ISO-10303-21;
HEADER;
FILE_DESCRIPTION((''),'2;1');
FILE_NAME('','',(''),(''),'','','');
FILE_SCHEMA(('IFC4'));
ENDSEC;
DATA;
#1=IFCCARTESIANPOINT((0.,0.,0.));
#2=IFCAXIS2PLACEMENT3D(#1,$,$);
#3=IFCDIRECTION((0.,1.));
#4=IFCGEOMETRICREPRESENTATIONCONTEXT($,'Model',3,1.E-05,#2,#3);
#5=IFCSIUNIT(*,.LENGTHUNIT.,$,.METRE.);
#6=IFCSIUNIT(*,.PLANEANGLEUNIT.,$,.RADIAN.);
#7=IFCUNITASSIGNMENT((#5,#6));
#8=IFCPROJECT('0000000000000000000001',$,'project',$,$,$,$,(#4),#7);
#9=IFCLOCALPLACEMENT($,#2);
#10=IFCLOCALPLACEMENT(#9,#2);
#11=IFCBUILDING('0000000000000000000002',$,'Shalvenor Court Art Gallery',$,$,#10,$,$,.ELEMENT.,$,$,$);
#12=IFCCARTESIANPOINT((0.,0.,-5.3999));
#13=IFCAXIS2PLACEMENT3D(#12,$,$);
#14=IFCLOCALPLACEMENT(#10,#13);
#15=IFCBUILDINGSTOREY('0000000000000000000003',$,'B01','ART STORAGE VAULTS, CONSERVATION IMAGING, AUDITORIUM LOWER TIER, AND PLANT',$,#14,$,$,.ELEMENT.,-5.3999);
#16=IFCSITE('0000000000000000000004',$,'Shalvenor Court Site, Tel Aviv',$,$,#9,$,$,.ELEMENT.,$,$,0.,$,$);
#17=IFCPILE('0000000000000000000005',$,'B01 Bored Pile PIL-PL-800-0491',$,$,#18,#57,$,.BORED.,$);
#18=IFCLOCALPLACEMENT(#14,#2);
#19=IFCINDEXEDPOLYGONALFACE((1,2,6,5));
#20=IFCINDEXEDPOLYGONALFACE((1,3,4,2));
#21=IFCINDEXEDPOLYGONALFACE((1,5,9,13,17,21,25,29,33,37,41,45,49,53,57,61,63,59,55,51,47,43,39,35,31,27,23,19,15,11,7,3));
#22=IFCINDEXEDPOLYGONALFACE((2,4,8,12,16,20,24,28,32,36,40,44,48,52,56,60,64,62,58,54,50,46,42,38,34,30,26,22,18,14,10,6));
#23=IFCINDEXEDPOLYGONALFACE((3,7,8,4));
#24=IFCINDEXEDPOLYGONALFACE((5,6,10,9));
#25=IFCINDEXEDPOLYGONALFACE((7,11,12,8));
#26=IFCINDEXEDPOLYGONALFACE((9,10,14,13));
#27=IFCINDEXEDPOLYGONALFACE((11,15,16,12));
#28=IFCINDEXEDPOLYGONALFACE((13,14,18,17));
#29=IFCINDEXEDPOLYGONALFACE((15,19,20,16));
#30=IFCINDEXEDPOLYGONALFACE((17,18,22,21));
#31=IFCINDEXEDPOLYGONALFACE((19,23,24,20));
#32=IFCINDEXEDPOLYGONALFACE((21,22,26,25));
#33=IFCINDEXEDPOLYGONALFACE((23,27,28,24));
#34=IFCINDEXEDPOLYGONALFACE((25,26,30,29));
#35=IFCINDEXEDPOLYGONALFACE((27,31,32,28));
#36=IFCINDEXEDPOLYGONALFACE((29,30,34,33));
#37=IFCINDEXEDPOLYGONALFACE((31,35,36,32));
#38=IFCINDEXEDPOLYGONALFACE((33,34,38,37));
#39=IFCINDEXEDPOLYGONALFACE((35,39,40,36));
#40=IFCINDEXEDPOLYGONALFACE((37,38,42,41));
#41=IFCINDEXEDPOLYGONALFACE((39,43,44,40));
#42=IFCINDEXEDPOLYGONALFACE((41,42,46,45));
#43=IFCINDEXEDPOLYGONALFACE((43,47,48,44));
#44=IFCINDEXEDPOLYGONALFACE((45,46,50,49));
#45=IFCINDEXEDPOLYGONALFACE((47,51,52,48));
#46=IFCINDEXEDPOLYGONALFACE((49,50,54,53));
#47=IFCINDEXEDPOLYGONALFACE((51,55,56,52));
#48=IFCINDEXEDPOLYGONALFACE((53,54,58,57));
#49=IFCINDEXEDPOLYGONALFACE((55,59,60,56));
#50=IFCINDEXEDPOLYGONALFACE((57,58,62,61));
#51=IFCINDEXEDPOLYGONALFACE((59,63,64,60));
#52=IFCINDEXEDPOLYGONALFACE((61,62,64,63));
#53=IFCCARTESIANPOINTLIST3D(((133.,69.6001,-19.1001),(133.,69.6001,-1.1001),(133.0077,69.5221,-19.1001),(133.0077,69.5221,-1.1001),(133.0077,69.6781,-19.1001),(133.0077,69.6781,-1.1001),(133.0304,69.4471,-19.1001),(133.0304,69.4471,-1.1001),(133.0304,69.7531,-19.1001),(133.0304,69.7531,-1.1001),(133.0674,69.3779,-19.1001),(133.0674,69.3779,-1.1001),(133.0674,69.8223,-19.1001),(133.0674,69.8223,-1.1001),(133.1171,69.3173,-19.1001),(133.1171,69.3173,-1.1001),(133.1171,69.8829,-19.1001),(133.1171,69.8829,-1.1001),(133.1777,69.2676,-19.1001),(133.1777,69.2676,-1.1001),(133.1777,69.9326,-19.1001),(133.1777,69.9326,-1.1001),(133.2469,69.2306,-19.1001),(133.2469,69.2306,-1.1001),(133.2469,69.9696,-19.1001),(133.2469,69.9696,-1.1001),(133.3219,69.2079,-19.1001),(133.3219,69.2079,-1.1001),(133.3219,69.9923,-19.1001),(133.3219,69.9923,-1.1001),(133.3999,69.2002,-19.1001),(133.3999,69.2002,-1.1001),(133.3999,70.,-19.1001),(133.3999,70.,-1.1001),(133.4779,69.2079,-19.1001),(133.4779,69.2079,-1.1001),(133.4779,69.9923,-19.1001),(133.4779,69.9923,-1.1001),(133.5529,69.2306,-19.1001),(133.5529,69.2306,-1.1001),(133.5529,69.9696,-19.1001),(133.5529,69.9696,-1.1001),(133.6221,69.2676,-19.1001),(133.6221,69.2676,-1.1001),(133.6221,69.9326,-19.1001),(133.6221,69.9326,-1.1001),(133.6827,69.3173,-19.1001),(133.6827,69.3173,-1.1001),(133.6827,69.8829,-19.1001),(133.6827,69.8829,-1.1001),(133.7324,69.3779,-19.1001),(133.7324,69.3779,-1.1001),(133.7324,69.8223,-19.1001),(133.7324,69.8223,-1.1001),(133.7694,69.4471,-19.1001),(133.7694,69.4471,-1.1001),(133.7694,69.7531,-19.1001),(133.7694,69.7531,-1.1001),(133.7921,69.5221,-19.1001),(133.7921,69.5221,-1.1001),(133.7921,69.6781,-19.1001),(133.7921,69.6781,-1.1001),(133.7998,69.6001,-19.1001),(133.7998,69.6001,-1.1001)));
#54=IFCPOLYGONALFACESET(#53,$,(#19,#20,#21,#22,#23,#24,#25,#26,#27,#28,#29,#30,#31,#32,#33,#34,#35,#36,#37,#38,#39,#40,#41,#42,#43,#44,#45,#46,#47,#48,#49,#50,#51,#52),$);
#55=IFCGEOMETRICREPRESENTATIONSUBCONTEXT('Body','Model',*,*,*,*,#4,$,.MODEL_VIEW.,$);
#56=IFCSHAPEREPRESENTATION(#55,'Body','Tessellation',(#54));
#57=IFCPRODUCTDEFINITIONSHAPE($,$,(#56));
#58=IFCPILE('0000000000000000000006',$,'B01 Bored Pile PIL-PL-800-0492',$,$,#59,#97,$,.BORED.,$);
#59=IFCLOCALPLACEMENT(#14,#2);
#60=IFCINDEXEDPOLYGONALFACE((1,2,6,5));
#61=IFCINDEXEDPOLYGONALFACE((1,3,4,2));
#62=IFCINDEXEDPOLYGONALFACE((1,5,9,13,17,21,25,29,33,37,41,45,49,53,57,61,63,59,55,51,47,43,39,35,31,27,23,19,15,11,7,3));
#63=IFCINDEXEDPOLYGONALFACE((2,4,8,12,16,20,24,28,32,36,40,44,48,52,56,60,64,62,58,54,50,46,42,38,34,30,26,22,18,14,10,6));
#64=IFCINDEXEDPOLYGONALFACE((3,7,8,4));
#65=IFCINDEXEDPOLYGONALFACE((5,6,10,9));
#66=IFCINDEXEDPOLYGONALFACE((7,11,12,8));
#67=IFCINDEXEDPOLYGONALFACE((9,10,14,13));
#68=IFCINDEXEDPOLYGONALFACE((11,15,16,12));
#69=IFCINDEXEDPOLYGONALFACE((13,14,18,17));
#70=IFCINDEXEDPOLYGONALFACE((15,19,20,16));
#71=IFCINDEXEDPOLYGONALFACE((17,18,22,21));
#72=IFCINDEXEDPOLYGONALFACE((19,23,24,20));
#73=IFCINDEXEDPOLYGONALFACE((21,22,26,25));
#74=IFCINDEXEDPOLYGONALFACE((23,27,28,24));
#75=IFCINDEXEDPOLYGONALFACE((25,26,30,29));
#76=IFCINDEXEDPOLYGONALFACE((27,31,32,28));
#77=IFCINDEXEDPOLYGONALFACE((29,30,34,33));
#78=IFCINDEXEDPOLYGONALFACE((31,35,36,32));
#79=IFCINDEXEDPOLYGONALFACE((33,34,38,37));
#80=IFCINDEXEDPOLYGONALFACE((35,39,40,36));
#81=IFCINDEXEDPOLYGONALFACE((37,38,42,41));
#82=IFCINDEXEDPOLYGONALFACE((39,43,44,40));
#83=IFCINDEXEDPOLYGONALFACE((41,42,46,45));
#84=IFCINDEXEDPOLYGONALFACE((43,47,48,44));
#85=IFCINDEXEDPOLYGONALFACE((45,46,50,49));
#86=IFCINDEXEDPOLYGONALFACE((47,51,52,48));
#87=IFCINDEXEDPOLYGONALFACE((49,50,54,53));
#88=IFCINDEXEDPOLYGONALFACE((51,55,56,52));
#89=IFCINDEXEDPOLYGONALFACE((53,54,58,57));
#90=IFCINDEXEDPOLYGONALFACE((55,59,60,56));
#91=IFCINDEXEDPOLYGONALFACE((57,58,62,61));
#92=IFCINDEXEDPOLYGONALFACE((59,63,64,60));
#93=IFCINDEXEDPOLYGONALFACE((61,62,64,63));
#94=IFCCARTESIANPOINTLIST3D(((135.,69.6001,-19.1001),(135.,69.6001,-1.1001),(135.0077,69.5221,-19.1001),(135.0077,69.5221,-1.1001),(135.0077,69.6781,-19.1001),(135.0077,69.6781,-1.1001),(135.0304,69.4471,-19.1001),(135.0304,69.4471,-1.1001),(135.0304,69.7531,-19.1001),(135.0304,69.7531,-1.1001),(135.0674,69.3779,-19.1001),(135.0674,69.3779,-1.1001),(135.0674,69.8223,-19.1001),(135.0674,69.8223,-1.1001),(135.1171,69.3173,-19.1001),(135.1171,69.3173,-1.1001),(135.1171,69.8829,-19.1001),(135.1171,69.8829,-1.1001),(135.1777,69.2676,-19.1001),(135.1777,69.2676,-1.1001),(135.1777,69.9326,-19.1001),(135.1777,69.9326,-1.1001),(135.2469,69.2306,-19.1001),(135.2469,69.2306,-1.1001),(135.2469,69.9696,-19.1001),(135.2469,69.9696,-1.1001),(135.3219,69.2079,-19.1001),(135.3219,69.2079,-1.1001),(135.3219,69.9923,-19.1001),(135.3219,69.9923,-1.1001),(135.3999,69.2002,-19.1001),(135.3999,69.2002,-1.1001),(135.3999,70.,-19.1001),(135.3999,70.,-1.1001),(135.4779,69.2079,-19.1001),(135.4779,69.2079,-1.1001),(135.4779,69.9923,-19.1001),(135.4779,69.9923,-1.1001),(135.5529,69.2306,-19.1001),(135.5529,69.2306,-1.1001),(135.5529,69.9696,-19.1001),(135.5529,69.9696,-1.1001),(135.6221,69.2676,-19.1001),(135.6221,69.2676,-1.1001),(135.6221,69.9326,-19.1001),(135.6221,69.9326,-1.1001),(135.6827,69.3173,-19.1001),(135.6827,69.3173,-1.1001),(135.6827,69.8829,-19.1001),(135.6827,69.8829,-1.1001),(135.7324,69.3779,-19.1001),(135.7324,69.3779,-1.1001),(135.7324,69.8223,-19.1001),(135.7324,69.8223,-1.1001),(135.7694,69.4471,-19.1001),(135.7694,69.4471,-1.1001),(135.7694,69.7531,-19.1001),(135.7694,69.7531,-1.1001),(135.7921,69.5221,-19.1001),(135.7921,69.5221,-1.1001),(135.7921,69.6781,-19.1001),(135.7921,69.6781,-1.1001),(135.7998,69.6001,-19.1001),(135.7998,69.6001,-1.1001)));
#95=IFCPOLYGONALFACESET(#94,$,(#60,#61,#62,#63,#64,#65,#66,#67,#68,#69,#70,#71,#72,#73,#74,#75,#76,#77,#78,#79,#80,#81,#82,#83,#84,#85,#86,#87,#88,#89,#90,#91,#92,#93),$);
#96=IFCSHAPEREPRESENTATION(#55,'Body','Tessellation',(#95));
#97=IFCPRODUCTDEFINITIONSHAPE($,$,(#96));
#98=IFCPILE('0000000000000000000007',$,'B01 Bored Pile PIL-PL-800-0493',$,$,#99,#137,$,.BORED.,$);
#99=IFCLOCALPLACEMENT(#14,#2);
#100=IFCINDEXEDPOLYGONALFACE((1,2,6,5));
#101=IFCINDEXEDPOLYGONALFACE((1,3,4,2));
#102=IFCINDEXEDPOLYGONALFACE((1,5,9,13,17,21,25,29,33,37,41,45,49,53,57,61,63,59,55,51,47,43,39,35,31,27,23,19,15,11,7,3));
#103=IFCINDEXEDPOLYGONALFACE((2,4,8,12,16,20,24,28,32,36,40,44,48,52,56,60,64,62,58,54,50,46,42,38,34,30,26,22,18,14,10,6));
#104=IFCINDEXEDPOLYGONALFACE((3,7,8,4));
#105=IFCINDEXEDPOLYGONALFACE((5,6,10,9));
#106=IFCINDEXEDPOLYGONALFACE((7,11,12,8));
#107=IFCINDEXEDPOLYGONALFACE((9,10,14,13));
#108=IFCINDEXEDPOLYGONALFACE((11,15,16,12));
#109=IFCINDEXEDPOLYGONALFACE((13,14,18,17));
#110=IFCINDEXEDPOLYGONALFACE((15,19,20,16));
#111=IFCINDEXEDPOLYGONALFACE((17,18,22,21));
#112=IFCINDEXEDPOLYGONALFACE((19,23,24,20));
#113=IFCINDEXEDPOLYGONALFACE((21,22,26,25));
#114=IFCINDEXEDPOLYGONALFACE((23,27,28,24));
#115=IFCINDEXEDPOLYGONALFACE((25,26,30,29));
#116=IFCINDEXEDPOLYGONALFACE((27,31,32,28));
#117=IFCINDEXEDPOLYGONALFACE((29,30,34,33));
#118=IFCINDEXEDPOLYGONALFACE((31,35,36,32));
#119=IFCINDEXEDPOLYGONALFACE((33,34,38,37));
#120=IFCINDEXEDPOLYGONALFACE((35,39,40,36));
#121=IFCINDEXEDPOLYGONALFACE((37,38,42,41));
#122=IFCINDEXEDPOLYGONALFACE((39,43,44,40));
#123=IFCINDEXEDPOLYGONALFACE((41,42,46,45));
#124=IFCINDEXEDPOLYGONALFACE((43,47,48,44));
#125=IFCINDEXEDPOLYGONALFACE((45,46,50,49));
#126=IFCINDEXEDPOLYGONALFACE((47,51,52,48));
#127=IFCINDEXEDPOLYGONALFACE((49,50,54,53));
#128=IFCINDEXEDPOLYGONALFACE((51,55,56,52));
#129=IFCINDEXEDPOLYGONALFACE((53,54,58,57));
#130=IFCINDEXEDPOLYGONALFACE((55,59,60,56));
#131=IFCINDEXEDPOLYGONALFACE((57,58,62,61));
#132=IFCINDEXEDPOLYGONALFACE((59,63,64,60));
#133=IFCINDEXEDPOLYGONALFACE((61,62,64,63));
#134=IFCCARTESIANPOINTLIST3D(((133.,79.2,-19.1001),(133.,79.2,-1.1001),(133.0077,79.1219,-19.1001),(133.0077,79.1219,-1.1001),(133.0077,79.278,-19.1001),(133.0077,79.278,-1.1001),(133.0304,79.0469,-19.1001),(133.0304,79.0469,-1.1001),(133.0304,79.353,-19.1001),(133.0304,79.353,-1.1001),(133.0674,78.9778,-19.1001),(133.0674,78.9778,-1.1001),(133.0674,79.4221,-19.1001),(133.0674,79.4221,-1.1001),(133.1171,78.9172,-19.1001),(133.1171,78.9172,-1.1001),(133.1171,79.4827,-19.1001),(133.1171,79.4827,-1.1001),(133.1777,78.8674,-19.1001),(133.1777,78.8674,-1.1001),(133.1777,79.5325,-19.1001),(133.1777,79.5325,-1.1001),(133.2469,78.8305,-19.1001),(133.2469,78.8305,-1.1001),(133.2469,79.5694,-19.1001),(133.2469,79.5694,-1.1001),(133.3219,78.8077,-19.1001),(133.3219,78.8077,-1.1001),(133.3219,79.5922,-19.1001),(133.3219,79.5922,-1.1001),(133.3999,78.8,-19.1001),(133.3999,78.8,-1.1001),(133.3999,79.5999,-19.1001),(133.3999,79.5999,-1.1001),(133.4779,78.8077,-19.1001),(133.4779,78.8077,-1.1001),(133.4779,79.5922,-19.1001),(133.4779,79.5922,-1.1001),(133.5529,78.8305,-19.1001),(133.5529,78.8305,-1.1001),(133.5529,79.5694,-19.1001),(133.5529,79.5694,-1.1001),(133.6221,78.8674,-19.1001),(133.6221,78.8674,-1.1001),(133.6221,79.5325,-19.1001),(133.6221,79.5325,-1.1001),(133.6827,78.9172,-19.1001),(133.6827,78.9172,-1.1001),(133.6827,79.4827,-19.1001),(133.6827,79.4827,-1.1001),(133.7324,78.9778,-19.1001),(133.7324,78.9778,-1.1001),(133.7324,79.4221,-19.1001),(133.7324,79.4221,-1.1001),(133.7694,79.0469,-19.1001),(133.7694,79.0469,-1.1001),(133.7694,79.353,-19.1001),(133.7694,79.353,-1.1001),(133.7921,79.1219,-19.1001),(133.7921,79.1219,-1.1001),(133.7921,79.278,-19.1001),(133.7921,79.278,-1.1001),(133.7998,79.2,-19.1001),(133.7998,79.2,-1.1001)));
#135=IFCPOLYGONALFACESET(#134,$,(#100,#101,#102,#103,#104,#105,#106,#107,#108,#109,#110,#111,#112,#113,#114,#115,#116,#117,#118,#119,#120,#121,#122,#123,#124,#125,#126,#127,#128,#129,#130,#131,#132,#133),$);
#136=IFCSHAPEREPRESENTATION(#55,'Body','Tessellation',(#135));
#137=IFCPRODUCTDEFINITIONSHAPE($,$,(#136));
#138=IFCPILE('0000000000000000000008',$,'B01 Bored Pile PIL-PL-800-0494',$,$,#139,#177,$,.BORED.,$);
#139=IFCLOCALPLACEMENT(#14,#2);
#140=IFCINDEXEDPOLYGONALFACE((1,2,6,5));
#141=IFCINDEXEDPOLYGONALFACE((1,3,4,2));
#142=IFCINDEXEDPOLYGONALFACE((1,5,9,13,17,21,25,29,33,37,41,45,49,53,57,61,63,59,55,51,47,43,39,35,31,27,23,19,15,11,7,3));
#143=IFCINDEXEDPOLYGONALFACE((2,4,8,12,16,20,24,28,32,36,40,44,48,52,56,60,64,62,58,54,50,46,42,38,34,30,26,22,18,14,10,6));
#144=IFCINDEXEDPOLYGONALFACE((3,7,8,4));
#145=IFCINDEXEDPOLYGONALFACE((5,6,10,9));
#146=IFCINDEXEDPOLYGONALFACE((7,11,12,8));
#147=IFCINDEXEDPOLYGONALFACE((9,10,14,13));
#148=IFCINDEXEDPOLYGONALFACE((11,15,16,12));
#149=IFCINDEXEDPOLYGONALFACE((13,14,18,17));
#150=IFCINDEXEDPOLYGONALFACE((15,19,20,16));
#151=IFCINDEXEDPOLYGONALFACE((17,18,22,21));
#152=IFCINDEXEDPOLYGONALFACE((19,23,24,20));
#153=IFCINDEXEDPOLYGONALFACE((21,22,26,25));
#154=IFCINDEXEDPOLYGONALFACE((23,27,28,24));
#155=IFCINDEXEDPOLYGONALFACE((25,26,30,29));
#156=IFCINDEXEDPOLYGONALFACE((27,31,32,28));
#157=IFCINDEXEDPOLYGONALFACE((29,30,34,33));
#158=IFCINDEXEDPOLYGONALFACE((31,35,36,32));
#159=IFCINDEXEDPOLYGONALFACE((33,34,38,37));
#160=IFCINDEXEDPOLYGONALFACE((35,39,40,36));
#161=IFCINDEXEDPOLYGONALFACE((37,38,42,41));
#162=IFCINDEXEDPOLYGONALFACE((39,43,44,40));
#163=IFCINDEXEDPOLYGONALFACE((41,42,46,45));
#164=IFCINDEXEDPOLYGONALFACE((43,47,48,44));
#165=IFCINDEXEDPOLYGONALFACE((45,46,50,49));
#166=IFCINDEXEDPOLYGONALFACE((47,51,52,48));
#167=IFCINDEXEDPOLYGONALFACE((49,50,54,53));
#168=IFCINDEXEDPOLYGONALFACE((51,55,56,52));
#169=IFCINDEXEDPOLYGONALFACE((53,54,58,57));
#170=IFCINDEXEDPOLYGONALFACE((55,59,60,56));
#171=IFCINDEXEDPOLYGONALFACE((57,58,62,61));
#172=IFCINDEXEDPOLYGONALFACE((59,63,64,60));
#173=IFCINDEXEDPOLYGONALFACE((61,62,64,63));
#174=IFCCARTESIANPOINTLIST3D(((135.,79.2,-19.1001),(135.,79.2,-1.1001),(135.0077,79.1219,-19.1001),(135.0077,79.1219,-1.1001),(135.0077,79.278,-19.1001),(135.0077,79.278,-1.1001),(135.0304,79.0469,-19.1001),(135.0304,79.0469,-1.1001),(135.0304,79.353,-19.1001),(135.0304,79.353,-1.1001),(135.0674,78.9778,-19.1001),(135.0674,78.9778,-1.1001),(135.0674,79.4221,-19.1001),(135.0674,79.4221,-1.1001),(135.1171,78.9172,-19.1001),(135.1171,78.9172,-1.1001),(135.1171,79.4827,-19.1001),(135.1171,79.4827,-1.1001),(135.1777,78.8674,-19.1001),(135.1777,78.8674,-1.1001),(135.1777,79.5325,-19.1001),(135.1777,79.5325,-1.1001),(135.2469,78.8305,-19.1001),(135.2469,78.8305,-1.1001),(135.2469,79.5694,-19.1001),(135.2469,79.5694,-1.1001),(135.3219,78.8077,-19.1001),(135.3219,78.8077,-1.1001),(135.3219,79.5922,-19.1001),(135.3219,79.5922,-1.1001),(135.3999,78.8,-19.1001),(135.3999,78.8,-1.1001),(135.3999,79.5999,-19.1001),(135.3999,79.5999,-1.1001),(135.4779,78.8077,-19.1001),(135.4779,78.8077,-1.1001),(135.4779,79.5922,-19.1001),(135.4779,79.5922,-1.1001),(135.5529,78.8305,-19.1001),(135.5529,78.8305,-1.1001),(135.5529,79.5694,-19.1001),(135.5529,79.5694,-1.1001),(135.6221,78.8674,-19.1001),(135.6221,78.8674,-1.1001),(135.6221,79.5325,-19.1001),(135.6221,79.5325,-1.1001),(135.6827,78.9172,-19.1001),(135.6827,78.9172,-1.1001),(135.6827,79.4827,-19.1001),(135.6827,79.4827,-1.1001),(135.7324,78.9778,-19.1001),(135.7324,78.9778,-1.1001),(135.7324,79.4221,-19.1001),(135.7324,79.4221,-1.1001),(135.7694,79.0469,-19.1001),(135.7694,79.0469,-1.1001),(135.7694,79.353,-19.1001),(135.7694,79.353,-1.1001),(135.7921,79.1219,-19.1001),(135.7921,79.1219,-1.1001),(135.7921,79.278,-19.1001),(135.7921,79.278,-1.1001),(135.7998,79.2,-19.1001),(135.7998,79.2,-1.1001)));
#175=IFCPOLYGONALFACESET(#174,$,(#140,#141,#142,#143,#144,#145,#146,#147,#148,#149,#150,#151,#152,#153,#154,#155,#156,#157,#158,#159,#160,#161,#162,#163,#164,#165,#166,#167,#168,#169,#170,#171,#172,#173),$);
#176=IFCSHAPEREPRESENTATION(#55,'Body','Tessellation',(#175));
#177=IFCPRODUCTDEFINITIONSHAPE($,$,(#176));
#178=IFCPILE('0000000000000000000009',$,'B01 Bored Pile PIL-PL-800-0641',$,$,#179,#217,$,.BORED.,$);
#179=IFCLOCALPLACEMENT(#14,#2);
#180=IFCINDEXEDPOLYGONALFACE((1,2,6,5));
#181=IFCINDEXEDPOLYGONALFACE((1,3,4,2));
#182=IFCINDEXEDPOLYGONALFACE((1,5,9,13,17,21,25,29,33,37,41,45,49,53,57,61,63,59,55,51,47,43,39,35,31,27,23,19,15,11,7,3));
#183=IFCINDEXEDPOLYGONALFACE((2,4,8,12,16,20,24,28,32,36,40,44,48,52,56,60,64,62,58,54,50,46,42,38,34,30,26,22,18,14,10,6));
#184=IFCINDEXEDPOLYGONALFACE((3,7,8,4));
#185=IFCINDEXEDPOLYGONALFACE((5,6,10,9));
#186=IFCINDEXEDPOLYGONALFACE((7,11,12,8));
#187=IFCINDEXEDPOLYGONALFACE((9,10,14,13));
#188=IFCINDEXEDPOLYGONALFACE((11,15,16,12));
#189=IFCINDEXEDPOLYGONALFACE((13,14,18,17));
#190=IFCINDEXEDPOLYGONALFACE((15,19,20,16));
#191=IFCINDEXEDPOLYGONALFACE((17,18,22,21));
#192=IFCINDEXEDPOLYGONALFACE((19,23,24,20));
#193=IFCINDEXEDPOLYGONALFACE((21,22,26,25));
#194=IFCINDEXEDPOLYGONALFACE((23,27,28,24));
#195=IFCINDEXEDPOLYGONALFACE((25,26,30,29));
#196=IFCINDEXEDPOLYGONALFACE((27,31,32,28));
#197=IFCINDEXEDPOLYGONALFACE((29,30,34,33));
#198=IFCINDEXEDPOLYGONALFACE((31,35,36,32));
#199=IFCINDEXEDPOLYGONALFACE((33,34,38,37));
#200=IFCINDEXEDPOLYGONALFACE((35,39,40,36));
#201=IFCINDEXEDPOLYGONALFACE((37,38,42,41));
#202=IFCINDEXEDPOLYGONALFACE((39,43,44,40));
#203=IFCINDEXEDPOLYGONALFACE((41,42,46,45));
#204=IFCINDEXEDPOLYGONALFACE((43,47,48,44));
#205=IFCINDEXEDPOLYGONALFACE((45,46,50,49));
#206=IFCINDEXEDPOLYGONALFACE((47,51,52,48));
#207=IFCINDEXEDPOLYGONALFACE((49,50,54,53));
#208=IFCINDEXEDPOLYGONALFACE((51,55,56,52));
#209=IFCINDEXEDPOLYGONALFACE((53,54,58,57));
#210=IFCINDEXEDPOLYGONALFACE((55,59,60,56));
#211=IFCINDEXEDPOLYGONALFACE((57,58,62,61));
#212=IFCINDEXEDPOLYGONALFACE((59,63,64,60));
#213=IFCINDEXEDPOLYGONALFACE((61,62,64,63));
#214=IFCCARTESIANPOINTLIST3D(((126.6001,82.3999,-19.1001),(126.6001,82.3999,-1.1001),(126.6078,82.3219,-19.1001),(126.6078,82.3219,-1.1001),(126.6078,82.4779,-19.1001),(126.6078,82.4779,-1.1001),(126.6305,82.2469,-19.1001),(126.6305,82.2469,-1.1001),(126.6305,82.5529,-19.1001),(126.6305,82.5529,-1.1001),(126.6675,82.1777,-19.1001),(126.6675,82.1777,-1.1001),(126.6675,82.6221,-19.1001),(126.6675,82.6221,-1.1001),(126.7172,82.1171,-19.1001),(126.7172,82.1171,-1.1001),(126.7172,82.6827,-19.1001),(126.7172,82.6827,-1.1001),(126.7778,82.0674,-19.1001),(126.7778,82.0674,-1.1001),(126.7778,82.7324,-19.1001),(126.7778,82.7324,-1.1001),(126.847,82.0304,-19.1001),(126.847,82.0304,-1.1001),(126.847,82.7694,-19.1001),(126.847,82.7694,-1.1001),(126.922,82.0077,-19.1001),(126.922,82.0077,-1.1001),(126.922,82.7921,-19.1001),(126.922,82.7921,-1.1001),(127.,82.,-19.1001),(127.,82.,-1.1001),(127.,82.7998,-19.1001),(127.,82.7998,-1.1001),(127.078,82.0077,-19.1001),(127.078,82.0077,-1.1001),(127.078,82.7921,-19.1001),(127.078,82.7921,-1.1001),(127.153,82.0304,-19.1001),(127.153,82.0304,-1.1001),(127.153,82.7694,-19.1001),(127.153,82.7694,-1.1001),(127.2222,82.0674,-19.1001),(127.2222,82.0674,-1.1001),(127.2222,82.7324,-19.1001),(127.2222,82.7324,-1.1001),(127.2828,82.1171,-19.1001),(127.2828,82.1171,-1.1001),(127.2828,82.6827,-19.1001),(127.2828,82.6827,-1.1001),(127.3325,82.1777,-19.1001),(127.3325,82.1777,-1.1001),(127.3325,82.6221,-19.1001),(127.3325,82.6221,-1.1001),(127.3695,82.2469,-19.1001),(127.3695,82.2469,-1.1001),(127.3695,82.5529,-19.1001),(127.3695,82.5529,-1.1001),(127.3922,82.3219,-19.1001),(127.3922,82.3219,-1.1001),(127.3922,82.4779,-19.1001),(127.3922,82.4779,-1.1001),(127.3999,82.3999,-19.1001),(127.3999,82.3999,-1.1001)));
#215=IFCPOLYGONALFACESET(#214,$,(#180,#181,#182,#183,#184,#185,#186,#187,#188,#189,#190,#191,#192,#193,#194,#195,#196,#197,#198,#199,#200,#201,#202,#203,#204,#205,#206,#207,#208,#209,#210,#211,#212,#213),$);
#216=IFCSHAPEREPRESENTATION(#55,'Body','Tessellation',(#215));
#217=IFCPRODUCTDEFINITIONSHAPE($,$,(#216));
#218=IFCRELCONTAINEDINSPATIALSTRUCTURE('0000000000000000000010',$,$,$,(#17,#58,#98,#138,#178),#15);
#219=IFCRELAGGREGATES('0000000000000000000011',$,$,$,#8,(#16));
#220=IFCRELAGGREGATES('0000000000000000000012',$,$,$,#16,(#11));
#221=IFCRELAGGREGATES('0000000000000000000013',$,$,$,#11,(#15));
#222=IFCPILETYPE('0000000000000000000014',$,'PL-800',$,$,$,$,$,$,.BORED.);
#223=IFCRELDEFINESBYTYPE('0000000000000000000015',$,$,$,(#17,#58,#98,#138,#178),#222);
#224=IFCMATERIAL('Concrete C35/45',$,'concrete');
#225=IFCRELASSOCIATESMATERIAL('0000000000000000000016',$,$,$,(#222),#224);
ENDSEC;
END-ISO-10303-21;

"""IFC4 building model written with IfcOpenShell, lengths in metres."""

from ifc_helpers import new_model, si_unit, direction, frame, origin, origin_2d, place, context, subcontext, project, spatial, circle, extrude, material, material_profile, profile_set, type_object, element, save


model = new_model("IFC4")

# Units and contexts
model_context = context("Model", 3, precision=1e-05, world=origin(), true_north=direction((0.0, 1.0)))
body_context = subcontext(model_context, "Body", "Model", "MODEL_VIEW")
ifc_project = project(units=[si_unit("LENGTHUNIT", "METRE"), si_unit("PLANEANGLEUNIT", "RADIAN")], contexts=[model_context])

# Site, building, storey
site_placement = place(None, origin())
site = spatial("IfcSite", under=ifc_project, at=site_placement, Name="Shalvenor Court Site, Tel Aviv", CompositionType="ELEMENT", RefElevation=0.0)
building_placement = place(site_placement, origin())
building = spatial("IfcBuilding", under=site, at=building_placement, Name="Shalvenor Court Art Gallery", CompositionType="ELEMENT")
storey_placement = place(building_placement, frame((0.0, 0.0, -5.3999)))
storey = spatial("IfcBuildingStorey", under=building, at=storey_placement, Name="B01", Description="ART STORAGE VAULTS, CONSERVATION IMAGING, AUDITORIUM LOWER TIER, AND PLANT", CompositionType="ELEMENT", Elevation=-5.3999)

# Piles
ifc_material_1 = material(Name="Concrete C35/45", Category="concrete")
ifc_material_profile_1 = material_profile(ifc_material_1, circle(Radius=0.3999, at=origin_2d()), Name="PILE 800")
ifc_profile_set_1 = profile_set([ifc_material_profile_1], Name="Concrete C35/45")
pile_type_1 = type_object("IfcPileType", Name="PL-800", PredefinedType="BORED", material=ifc_profile_set_1)
for number, where, z_axis, x_axis, name in (
    (1, (133.3999, 69.6001, -1.1001), (0.0, 0.0, -1.0), (1.0, 0.0, 0.0), "B01 Bored Pile PIL-PL-800-0491"),
    (2, (135.3999, 69.6001, -1.1001), (0.0, 0.0, -1.0), (1.0, 0.0, 0.0), "B01 Bored Pile PIL-PL-800-0492"),
    (3, (133.3999, 79.2, -1.1001), (0.0, 0.0, -1.0), (1.0, 0.0, 0.0), "B01 Bored Pile PIL-PL-800-0493"),
    (4, (135.3999, 79.2, -1.1001), (0.0, 0.0, -1.0), (1.0, 0.0, 0.0), "B01 Bored Pile PIL-PL-800-0494"),
    (5, (127.0, 82.3999, -1.1001), (0.0, 0.0, -1.0), (1.0, 0.0, 0.0), "B01 Bored Pile PIL-PL-800-0641"),
):
    element("IfcPile", number, at=place(storey_placement, frame(where, z_axis=z_axis, x_axis=x_axis)), inside=storey, type_object=pile_type_1, Name=name, PredefinedType="BORED", context=body_context, shape_type="SweptSolid", body=[
        extrude(circle(Radius=0.3999, at=origin_2d()), origin(), (0.0, 0.0, 1.0), 18.0),
    ])

save(model, "model.ifc")
